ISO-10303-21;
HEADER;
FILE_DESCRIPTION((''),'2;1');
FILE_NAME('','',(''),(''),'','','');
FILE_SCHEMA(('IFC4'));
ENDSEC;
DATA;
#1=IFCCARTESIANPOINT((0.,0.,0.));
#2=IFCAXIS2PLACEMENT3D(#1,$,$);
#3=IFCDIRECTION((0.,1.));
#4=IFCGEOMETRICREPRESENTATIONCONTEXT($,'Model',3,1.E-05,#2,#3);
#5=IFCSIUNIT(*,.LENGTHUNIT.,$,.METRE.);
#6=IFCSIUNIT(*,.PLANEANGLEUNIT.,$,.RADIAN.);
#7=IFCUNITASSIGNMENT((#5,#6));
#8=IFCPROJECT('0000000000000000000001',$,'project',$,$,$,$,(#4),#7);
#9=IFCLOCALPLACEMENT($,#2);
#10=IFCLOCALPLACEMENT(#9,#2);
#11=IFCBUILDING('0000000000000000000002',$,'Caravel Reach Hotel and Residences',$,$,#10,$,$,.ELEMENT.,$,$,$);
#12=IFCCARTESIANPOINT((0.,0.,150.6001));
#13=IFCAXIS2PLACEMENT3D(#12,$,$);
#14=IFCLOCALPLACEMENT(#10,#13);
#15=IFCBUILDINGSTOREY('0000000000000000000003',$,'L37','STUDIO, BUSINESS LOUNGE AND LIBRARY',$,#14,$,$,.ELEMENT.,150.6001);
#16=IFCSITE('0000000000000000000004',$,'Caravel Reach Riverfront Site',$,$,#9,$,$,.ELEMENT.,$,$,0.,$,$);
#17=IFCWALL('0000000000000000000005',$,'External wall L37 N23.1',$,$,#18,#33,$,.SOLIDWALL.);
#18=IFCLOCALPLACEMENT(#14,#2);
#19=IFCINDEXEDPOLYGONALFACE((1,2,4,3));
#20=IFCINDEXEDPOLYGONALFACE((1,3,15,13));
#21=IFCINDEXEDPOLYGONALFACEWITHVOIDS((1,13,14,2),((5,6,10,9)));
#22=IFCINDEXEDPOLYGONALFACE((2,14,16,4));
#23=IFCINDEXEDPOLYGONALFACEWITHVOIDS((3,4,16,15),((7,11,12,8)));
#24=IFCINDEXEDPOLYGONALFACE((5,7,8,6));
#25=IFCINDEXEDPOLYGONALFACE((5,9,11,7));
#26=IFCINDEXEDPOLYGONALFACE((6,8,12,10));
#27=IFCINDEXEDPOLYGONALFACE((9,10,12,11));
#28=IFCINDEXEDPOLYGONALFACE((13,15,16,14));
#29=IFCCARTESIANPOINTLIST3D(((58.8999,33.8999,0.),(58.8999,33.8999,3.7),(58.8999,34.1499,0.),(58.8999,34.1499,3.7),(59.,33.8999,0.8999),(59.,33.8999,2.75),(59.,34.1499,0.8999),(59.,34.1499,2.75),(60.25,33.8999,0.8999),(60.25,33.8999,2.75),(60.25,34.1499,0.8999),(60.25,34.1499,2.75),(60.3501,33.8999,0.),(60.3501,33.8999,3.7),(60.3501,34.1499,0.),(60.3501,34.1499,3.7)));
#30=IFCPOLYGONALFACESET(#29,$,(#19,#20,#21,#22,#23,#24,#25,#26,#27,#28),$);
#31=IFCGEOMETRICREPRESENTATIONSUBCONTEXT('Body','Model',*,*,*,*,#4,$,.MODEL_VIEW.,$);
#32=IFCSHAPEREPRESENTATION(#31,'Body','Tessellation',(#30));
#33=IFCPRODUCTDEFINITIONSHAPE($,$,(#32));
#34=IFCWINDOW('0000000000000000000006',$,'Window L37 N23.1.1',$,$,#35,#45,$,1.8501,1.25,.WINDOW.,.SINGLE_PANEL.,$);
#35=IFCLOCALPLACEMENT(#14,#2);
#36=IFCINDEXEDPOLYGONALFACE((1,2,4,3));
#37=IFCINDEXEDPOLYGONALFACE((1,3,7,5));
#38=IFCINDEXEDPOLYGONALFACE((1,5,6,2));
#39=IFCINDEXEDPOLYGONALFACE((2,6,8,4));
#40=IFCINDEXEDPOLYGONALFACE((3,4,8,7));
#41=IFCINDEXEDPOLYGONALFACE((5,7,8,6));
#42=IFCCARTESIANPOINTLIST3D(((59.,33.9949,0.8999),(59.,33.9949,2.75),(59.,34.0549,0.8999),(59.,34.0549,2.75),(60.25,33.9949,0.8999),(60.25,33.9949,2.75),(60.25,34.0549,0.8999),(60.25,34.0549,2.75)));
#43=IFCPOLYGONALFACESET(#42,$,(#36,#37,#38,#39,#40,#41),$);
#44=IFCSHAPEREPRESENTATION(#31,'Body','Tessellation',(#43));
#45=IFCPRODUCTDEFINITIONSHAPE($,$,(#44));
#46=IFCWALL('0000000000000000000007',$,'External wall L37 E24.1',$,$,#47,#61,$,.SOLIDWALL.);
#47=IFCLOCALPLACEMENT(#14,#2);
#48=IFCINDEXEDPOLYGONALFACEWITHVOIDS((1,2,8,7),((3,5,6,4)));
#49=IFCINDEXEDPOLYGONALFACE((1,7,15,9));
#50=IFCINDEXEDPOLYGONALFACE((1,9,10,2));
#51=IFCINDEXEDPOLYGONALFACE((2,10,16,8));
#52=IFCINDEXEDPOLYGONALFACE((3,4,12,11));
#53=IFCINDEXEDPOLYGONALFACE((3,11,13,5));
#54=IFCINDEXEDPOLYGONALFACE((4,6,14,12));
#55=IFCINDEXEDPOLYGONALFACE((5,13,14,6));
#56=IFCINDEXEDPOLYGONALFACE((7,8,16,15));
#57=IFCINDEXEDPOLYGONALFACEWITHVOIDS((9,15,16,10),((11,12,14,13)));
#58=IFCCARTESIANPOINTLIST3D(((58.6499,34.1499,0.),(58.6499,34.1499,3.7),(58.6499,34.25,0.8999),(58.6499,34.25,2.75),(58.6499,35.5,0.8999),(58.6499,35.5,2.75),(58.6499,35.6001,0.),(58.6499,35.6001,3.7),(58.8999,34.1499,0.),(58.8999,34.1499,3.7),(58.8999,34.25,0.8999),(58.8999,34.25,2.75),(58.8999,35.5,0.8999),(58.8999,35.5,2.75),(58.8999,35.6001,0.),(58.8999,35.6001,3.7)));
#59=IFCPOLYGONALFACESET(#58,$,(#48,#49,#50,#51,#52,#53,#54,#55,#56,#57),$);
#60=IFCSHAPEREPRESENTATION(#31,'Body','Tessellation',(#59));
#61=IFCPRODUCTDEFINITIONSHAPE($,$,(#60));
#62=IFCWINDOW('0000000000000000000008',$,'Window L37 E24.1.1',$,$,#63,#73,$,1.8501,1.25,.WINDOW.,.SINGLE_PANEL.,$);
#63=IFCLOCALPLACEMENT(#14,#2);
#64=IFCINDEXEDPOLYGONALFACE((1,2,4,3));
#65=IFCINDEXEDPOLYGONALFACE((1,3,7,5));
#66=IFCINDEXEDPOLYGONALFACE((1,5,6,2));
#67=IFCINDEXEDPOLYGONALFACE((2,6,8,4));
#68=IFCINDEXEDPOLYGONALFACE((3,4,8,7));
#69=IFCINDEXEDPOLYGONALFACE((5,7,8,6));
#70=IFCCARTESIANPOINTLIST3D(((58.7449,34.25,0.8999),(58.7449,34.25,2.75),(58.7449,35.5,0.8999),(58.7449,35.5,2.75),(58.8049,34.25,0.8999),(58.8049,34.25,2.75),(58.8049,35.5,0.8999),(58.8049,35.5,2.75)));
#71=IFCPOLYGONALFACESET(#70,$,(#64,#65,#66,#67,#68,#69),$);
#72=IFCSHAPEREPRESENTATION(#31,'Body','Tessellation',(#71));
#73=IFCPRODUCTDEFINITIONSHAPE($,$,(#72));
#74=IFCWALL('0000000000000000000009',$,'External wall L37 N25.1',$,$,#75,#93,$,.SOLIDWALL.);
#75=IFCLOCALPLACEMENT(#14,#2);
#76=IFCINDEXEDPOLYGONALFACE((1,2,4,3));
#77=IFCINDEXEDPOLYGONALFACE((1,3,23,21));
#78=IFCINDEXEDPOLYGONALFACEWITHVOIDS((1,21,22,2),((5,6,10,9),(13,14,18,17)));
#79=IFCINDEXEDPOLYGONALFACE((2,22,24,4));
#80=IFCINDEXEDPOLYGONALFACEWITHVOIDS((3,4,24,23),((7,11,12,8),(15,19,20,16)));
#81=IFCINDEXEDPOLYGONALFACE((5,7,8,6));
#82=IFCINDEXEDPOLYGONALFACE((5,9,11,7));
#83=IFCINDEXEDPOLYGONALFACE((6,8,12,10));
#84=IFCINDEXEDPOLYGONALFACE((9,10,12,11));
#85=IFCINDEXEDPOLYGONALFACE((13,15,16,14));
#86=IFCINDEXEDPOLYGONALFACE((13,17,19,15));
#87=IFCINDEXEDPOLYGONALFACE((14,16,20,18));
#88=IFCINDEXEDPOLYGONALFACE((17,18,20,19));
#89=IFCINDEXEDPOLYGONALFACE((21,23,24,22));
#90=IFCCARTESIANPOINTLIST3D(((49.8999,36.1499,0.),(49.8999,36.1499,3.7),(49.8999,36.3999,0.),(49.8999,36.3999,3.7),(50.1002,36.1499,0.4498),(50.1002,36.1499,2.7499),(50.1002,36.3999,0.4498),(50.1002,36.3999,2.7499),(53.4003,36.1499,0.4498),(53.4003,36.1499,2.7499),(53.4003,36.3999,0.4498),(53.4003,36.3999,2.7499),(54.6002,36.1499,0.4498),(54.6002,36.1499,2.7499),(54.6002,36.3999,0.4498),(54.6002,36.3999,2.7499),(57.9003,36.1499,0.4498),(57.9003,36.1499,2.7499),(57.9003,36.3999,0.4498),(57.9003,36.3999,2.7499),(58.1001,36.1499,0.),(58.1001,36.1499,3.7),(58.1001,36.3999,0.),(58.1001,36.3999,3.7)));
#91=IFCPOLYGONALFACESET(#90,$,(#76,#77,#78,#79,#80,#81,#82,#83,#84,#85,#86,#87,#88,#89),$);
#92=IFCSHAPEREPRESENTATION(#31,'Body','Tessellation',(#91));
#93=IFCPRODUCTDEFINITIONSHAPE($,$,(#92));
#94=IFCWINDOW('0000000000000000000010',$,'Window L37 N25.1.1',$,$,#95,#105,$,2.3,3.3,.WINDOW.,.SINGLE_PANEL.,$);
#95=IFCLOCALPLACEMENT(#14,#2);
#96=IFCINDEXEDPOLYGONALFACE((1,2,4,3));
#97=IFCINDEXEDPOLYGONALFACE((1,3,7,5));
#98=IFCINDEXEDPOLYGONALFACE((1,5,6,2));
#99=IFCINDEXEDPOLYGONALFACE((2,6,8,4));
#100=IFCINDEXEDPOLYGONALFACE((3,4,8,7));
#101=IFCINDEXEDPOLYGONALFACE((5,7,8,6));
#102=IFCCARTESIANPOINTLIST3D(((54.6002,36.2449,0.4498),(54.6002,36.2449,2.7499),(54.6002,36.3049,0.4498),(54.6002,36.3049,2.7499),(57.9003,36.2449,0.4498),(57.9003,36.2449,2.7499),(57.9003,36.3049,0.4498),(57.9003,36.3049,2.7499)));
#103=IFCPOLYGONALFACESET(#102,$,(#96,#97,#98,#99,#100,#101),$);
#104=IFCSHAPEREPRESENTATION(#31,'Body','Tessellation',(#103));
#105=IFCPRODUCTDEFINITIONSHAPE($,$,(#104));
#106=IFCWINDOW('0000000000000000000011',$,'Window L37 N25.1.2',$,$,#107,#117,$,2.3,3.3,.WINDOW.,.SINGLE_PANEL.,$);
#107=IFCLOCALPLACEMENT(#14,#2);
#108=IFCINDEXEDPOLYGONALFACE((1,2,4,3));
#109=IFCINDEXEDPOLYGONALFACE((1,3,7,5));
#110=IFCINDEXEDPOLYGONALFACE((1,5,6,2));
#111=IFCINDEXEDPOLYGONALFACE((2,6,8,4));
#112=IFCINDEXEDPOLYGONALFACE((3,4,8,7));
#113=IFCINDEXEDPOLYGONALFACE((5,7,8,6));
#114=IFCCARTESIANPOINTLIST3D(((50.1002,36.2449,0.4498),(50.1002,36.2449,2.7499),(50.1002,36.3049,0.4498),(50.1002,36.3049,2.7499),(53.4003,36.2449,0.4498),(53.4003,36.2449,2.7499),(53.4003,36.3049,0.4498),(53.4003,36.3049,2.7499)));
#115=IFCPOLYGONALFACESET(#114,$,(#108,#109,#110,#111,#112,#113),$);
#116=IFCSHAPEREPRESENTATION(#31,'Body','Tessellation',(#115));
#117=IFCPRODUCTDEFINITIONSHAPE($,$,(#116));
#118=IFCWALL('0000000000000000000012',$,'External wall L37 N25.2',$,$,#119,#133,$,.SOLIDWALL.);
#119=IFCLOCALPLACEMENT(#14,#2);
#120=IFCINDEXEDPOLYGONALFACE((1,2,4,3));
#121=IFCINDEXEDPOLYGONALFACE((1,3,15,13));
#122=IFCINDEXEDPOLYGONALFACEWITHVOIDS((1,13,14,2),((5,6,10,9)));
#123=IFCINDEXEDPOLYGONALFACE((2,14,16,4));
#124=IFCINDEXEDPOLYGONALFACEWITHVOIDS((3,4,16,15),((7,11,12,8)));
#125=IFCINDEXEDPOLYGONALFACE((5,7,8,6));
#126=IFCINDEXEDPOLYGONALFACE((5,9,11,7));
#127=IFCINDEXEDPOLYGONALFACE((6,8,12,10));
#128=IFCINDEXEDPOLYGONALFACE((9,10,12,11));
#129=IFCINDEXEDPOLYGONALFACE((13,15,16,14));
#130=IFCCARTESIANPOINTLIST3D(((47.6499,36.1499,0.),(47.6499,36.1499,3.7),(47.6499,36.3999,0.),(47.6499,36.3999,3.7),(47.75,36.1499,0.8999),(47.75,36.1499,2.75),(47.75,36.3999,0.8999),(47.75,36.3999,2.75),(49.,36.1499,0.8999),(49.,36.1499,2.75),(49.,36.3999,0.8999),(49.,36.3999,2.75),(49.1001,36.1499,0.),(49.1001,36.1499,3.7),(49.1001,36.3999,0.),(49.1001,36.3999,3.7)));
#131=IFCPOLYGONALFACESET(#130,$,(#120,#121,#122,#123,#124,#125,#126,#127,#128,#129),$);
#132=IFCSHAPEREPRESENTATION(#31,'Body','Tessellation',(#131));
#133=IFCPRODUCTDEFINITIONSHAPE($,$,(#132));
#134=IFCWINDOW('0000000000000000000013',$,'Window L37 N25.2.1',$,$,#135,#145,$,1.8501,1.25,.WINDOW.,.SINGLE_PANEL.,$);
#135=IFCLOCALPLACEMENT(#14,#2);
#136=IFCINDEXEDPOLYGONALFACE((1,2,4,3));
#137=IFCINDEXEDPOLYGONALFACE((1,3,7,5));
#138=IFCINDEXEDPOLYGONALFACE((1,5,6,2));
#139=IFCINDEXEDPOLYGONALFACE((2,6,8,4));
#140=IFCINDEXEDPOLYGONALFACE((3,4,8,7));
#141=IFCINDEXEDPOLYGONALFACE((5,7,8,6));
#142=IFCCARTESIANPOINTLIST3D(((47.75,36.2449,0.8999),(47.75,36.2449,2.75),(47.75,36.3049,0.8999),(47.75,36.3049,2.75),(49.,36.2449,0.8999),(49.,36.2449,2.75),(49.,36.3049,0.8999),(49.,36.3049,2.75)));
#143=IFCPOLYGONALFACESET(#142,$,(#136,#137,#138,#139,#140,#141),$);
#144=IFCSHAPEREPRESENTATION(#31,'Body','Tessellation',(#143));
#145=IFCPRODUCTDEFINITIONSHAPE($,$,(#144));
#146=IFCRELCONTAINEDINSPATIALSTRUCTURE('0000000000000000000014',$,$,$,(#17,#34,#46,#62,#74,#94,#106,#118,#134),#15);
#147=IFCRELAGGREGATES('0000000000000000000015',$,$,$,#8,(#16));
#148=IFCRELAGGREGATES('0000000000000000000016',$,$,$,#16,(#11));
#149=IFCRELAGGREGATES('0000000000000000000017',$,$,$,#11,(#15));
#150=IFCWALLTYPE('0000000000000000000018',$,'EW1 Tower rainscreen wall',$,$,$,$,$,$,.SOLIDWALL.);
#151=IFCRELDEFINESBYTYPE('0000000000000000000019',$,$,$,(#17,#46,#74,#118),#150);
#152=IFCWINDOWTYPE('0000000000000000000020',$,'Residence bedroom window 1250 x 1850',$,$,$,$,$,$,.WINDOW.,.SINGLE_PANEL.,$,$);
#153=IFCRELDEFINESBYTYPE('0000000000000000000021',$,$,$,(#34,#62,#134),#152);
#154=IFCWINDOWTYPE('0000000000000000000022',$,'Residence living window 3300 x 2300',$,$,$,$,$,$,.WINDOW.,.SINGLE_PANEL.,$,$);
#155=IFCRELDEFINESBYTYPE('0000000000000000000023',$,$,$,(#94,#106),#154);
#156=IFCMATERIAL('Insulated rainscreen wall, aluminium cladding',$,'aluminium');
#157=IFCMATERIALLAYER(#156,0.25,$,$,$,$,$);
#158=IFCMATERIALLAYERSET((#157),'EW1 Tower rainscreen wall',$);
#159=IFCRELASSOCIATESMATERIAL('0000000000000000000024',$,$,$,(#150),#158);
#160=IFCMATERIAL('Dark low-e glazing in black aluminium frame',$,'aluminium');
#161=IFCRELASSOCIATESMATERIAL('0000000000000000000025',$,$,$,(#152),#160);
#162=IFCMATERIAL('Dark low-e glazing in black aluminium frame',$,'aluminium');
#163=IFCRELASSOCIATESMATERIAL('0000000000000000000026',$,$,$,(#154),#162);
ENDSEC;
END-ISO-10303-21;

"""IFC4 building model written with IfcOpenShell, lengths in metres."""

from ifc_helpers import new_model, si_unit, direction, frame, frame_2d, origin, place, context, subcontext, project, spatial, rectangle, extrude, material, layer, layer_set, type_object, element, fill, save


model = new_model("IFC4")

# Units and contexts
model_context = context("Model", 3, precision=1e-05, world=origin(), true_north=direction((0.0, 1.0)))
body_context = subcontext(model_context, "Body", "Model", "MODEL_VIEW")
ifc_project = project(units=[si_unit("LENGTHUNIT", "METRE"), si_unit("PLANEANGLEUNIT", "RADIAN")], contexts=[model_context])

# Site, building, storey
site_placement = place(None, origin())
site = spatial("IfcSite", under=ifc_project, at=site_placement, Name="Caravel Reach Riverfront Site", CompositionType="ELEMENT", RefElevation=0.0)
building_placement = place(site_placement, origin())
building = spatial("IfcBuilding", under=site, at=building_placement, Name="Caravel Reach Hotel and Residences", CompositionType="ELEMENT")
storey_placement = place(building_placement, frame((0.0, 0.0, 150.6001)))
storey = spatial("IfcBuildingStorey", under=building, at=storey_placement, Name="L37", Description="STUDIO, BUSINESS LOUNGE AND LIBRARY", CompositionType="ELEMENT", Elevation=150.6001)

# Walls, openings, windows
ifc_material_1 = material(Name="Insulated rainscreen wall, aluminium cladding", Category="aluminium")
ifc_layer = layer(ifc_material_1, 0.25)
ifc_layer_set = layer_set([ifc_layer], Name="EW1 Tower rainscreen wall")
wall_type = type_object("IfcWallType", Name="EW1 Tower rainscreen wall", PredefinedType="SOLIDWALL", material=ifc_layer_set)
ifc_material_2 = material(Name="Dark low-e glazing in black aluminium frame", Category="aluminium")
window_type_1 = type_object("IfcWindowType", Name="Residence bedroom window 1250 x 1850", PartitioningType="SINGLE_PANEL", PredefinedType="WINDOW", material=ifc_material_2)
wall_1_placement = place(storey_placement, frame((60.3501, 34.0249, 0.0), z_axis=(0.0, 0.0, 1.0), x_axis=(-1.0, 0.0, 0.0)))
wall_1 = element("IfcWall", 1, at=wall_1_placement, inside=storey, type_object=wall_type, Name="External wall L37 N23.1", PredefinedType="SOLIDWALL", context=body_context, shape_type="SweptSolid", body=[
    extrude(rectangle(XDim=1.4502, YDim=0.25, at=frame_2d((0.7251, 0.0))), origin(), (0.0, 0.0, 1.0), 3.7),
])
opening_1_placement = place(wall_1_placement, frame((0.1001, 0.0, 0.8999)))
opening_1 = element("IfcOpeningElement", 2, at=opening_1_placement, cuts=wall_1, PredefinedType="OPENING", context=body_context, shape_type="SweptSolid", body=[
    extrude(rectangle(XDim=1.25, YDim=1.8501, at=frame_2d((0.625, 0.925))), frame((0.0, 0.135, 0.0), z_axis=(0.0, -1.0, 0.0), x_axis=(1.0, 0.0, 0.0)), (0.0, 0.0, 1.0), 0.27),
])
window_1_placement = place(opening_1_placement, origin())
window_1 = element("IfcWindow", 3, at=window_1_placement, inside=storey, type_object=window_type_1, Name="Window L37 N23.1.1", OverallHeight=1.8501, OverallWidth=1.25, PartitioningType="SINGLE_PANEL", PredefinedType="WINDOW", context=body_context, shape_type="SweptSolid", body=[
    extrude(rectangle(XDim=1.25, YDim=1.8501, at=frame_2d((0.625, 0.925))), frame((0.0, 0.03, 0.0), z_axis=(0.0, -1.0, 0.0), x_axis=(1.0, 0.0, 0.0)), (0.0, 0.0, 1.0), 0.0601),
])
fill(opening_1, window_1)
wall_2_placement = place(storey_placement, frame((58.7749, 34.1499, 0.0), z_axis=(0.0, 0.0, 1.0), x_axis=(0.0, 1.0, 0.0)))
wall_2 = element("IfcWall", 4, at=wall_2_placement, inside=storey, type_object=wall_type, Name="External wall L37 E24.1", PredefinedType="SOLIDWALL", context=body_context, shape_type="SweptSolid", body=[
    extrude(rectangle(XDim=1.4502, YDim=0.25, at=frame_2d((0.7251, 0.0))), origin(), (0.0, 0.0, 1.0), 3.7),
])
opening_2_placement = place(wall_2_placement, frame((0.1001, 0.0, 0.8999)))
opening_2 = element("IfcOpeningElement", 5, at=opening_2_placement, cuts=wall_2, PredefinedType="OPENING", context=body_context, shape_type="SweptSolid", body=[
    extrude(rectangle(XDim=1.25, YDim=1.8501, at=frame_2d((0.625, 0.925))), frame((0.0, 0.135, 0.0), z_axis=(0.0, -1.0, 0.0), x_axis=(1.0, 0.0, 0.0)), (0.0, 0.0, 1.0), 0.27),
])
window_2_placement = place(opening_2_placement, origin())
window_2 = element("IfcWindow", 6, at=window_2_placement, inside=storey, type_object=window_type_1, Name="Window L37 E24.1.1", OverallHeight=1.8501, OverallWidth=1.25, PartitioningType="SINGLE_PANEL", PredefinedType="WINDOW", context=body_context, shape_type="SweptSolid", body=[
    extrude(rectangle(XDim=1.25, YDim=1.8501, at=frame_2d((0.625, 0.925))), frame((0.0, 0.03, 0.0), z_axis=(0.0, -1.0, 0.0), x_axis=(1.0, 0.0, 0.0)), (0.0, 0.0, 1.0), 0.0601),
])
fill(opening_2, window_2)

# Wall, openings, windows
wall_3_placement = place(storey_placement, frame((58.1001, 36.2749, 0.0), z_axis=(0.0, 0.0, 1.0), x_axis=(-1.0, 0.0, 0.0)))
wall_3 = element("IfcWall", 7, at=wall_3_placement, inside=storey, type_object=wall_type, Name="External wall L37 N25.1", PredefinedType="SOLIDWALL", context=body_context, shape_type="SweptSolid", body=[
    extrude(rectangle(XDim=8.2002, YDim=0.25, at=frame_2d((4.1001, 0.0))), origin(), (0.0, 0.0, 1.0), 3.7),
])
opening_3_placement = place(wall_3_placement, frame((0.2, 0.0, 0.45)))
opening_3 = element("IfcOpeningElement", 8, at=opening_3_placement, cuts=wall_3, PredefinedType="OPENING", context=body_context, shape_type="SweptSolid", body=[
    extrude(rectangle(XDim=3.3, YDim=2.3, at=frame_2d((1.6499, 1.1499))), frame((0.0, 0.135, 0.0), z_axis=(0.0, -1.0, 0.0), x_axis=(1.0, 0.0, 0.0)), (0.0, 0.0, 1.0), 0.27),
])
opening_4_placement = place(wall_3_placement, frame((4.7, 0.0, 0.45)))
opening_4 = element("IfcOpeningElement", 9, at=opening_4_placement, cuts=wall_3, PredefinedType="OPENING", context=body_context, shape_type="SweptSolid", body=[
    extrude(rectangle(XDim=3.3, YDim=2.3, at=frame_2d((1.6499, 1.1499))), frame((0.0, 0.135, 0.0), z_axis=(0.0, -1.0, 0.0), x_axis=(1.0, 0.0, 0.0)), (0.0, 0.0, 1.0), 0.27),
])
ifc_material_3 = material(Name="Dark low-e glazing in black aluminium frame", Category="aluminium")
window_type_2 = type_object("IfcWindowType", Name="Residence living window 3300 x 2300", PartitioningType="SINGLE_PANEL", PredefinedType="WINDOW", material=ifc_material_3)
window_3_placement = place(opening_3_placement, origin())
window_3 = element("IfcWindow", 10, at=window_3_placement, inside=storey, type_object=window_type_2, Name="Window L37 N25.1.1", OverallHeight=2.3, OverallWidth=3.3, PartitioningType="SINGLE_PANEL", PredefinedType="WINDOW", context=body_context, shape_type="SweptSolid", body=[
    extrude(rectangle(XDim=3.3, YDim=2.3, at=frame_2d((1.6499, 1.1499))), frame((0.0, 0.03, 0.0), z_axis=(0.0, -1.0, 0.0), x_axis=(1.0, 0.0, 0.0)), (0.0, 0.0, 1.0), 0.0601),
])
fill(opening_3, window_3)
window_4_placement = place(opening_4_placement, origin())
window_4 = element("IfcWindow", 11, at=window_4_placement, inside=storey, type_object=window_type_2, Name="Window L37 N25.1.2", OverallHeight=2.3, OverallWidth=3.3, PartitioningType="SINGLE_PANEL", PredefinedType="WINDOW", context=body_context, shape_type="SweptSolid", body=[
    extrude(rectangle(XDim=3.3, YDim=2.3, at=frame_2d((1.6499, 1.1499))), frame((0.0, 0.03, 0.0), z_axis=(0.0, -1.0, 0.0), x_axis=(1.0, 0.0, 0.0)), (0.0, 0.0, 1.0), 0.0601),
])
fill(opening_4, window_4)

# Wall, opening, window
wall_4_placement = place(storey_placement, frame((49.1001, 36.2749, 0.0), z_axis=(0.0, 0.0, 1.0), x_axis=(-1.0, 0.0, 0.0)))
wall_4 = element("IfcWall", 12, at=wall_4_placement, inside=storey, type_object=wall_type, Name="External wall L37 N25.2", PredefinedType="SOLIDWALL", context=body_context, shape_type="SweptSolid", body=[
    extrude(rectangle(XDim=1.4502, YDim=0.25, at=frame_2d((0.7251, 0.0))), origin(), (0.0, 0.0, 1.0), 3.7),
])
opening_5_placement = place(wall_4_placement, frame((0.1001, 0.0, 0.8999)))
opening_5 = element("IfcOpeningElement", 13, at=opening_5_placement, cuts=wall_4, PredefinedType="OPENING", context=body_context, shape_type="SweptSolid", body=[
    extrude(rectangle(XDim=1.25, YDim=1.8501, at=frame_2d((0.625, 0.925))), frame((0.0, 0.135, 0.0), z_axis=(0.0, -1.0, 0.0), x_axis=(1.0, 0.0, 0.0)), (0.0, 0.0, 1.0), 0.27),
])
window_5_placement = place(opening_5_placement, origin())
window_5 = element("IfcWindow", 14, at=window_5_placement, inside=storey, type_object=window_type_1, Name="Window L37 N25.2.1", OverallHeight=1.8501, OverallWidth=1.25, PartitioningType="SINGLE_PANEL", PredefinedType="WINDOW", context=body_context, shape_type="SweptSolid", body=[
    extrude(rectangle(XDim=1.25, YDim=1.8501, at=frame_2d((0.625, 0.925))), frame((0.0, 0.03, 0.0), z_axis=(0.0, -1.0, 0.0), x_axis=(1.0, 0.0, 0.0)), (0.0, 0.0, 1.0), 0.0601),
])
fill(opening_5, window_5)

save(model, "model.ifc")
